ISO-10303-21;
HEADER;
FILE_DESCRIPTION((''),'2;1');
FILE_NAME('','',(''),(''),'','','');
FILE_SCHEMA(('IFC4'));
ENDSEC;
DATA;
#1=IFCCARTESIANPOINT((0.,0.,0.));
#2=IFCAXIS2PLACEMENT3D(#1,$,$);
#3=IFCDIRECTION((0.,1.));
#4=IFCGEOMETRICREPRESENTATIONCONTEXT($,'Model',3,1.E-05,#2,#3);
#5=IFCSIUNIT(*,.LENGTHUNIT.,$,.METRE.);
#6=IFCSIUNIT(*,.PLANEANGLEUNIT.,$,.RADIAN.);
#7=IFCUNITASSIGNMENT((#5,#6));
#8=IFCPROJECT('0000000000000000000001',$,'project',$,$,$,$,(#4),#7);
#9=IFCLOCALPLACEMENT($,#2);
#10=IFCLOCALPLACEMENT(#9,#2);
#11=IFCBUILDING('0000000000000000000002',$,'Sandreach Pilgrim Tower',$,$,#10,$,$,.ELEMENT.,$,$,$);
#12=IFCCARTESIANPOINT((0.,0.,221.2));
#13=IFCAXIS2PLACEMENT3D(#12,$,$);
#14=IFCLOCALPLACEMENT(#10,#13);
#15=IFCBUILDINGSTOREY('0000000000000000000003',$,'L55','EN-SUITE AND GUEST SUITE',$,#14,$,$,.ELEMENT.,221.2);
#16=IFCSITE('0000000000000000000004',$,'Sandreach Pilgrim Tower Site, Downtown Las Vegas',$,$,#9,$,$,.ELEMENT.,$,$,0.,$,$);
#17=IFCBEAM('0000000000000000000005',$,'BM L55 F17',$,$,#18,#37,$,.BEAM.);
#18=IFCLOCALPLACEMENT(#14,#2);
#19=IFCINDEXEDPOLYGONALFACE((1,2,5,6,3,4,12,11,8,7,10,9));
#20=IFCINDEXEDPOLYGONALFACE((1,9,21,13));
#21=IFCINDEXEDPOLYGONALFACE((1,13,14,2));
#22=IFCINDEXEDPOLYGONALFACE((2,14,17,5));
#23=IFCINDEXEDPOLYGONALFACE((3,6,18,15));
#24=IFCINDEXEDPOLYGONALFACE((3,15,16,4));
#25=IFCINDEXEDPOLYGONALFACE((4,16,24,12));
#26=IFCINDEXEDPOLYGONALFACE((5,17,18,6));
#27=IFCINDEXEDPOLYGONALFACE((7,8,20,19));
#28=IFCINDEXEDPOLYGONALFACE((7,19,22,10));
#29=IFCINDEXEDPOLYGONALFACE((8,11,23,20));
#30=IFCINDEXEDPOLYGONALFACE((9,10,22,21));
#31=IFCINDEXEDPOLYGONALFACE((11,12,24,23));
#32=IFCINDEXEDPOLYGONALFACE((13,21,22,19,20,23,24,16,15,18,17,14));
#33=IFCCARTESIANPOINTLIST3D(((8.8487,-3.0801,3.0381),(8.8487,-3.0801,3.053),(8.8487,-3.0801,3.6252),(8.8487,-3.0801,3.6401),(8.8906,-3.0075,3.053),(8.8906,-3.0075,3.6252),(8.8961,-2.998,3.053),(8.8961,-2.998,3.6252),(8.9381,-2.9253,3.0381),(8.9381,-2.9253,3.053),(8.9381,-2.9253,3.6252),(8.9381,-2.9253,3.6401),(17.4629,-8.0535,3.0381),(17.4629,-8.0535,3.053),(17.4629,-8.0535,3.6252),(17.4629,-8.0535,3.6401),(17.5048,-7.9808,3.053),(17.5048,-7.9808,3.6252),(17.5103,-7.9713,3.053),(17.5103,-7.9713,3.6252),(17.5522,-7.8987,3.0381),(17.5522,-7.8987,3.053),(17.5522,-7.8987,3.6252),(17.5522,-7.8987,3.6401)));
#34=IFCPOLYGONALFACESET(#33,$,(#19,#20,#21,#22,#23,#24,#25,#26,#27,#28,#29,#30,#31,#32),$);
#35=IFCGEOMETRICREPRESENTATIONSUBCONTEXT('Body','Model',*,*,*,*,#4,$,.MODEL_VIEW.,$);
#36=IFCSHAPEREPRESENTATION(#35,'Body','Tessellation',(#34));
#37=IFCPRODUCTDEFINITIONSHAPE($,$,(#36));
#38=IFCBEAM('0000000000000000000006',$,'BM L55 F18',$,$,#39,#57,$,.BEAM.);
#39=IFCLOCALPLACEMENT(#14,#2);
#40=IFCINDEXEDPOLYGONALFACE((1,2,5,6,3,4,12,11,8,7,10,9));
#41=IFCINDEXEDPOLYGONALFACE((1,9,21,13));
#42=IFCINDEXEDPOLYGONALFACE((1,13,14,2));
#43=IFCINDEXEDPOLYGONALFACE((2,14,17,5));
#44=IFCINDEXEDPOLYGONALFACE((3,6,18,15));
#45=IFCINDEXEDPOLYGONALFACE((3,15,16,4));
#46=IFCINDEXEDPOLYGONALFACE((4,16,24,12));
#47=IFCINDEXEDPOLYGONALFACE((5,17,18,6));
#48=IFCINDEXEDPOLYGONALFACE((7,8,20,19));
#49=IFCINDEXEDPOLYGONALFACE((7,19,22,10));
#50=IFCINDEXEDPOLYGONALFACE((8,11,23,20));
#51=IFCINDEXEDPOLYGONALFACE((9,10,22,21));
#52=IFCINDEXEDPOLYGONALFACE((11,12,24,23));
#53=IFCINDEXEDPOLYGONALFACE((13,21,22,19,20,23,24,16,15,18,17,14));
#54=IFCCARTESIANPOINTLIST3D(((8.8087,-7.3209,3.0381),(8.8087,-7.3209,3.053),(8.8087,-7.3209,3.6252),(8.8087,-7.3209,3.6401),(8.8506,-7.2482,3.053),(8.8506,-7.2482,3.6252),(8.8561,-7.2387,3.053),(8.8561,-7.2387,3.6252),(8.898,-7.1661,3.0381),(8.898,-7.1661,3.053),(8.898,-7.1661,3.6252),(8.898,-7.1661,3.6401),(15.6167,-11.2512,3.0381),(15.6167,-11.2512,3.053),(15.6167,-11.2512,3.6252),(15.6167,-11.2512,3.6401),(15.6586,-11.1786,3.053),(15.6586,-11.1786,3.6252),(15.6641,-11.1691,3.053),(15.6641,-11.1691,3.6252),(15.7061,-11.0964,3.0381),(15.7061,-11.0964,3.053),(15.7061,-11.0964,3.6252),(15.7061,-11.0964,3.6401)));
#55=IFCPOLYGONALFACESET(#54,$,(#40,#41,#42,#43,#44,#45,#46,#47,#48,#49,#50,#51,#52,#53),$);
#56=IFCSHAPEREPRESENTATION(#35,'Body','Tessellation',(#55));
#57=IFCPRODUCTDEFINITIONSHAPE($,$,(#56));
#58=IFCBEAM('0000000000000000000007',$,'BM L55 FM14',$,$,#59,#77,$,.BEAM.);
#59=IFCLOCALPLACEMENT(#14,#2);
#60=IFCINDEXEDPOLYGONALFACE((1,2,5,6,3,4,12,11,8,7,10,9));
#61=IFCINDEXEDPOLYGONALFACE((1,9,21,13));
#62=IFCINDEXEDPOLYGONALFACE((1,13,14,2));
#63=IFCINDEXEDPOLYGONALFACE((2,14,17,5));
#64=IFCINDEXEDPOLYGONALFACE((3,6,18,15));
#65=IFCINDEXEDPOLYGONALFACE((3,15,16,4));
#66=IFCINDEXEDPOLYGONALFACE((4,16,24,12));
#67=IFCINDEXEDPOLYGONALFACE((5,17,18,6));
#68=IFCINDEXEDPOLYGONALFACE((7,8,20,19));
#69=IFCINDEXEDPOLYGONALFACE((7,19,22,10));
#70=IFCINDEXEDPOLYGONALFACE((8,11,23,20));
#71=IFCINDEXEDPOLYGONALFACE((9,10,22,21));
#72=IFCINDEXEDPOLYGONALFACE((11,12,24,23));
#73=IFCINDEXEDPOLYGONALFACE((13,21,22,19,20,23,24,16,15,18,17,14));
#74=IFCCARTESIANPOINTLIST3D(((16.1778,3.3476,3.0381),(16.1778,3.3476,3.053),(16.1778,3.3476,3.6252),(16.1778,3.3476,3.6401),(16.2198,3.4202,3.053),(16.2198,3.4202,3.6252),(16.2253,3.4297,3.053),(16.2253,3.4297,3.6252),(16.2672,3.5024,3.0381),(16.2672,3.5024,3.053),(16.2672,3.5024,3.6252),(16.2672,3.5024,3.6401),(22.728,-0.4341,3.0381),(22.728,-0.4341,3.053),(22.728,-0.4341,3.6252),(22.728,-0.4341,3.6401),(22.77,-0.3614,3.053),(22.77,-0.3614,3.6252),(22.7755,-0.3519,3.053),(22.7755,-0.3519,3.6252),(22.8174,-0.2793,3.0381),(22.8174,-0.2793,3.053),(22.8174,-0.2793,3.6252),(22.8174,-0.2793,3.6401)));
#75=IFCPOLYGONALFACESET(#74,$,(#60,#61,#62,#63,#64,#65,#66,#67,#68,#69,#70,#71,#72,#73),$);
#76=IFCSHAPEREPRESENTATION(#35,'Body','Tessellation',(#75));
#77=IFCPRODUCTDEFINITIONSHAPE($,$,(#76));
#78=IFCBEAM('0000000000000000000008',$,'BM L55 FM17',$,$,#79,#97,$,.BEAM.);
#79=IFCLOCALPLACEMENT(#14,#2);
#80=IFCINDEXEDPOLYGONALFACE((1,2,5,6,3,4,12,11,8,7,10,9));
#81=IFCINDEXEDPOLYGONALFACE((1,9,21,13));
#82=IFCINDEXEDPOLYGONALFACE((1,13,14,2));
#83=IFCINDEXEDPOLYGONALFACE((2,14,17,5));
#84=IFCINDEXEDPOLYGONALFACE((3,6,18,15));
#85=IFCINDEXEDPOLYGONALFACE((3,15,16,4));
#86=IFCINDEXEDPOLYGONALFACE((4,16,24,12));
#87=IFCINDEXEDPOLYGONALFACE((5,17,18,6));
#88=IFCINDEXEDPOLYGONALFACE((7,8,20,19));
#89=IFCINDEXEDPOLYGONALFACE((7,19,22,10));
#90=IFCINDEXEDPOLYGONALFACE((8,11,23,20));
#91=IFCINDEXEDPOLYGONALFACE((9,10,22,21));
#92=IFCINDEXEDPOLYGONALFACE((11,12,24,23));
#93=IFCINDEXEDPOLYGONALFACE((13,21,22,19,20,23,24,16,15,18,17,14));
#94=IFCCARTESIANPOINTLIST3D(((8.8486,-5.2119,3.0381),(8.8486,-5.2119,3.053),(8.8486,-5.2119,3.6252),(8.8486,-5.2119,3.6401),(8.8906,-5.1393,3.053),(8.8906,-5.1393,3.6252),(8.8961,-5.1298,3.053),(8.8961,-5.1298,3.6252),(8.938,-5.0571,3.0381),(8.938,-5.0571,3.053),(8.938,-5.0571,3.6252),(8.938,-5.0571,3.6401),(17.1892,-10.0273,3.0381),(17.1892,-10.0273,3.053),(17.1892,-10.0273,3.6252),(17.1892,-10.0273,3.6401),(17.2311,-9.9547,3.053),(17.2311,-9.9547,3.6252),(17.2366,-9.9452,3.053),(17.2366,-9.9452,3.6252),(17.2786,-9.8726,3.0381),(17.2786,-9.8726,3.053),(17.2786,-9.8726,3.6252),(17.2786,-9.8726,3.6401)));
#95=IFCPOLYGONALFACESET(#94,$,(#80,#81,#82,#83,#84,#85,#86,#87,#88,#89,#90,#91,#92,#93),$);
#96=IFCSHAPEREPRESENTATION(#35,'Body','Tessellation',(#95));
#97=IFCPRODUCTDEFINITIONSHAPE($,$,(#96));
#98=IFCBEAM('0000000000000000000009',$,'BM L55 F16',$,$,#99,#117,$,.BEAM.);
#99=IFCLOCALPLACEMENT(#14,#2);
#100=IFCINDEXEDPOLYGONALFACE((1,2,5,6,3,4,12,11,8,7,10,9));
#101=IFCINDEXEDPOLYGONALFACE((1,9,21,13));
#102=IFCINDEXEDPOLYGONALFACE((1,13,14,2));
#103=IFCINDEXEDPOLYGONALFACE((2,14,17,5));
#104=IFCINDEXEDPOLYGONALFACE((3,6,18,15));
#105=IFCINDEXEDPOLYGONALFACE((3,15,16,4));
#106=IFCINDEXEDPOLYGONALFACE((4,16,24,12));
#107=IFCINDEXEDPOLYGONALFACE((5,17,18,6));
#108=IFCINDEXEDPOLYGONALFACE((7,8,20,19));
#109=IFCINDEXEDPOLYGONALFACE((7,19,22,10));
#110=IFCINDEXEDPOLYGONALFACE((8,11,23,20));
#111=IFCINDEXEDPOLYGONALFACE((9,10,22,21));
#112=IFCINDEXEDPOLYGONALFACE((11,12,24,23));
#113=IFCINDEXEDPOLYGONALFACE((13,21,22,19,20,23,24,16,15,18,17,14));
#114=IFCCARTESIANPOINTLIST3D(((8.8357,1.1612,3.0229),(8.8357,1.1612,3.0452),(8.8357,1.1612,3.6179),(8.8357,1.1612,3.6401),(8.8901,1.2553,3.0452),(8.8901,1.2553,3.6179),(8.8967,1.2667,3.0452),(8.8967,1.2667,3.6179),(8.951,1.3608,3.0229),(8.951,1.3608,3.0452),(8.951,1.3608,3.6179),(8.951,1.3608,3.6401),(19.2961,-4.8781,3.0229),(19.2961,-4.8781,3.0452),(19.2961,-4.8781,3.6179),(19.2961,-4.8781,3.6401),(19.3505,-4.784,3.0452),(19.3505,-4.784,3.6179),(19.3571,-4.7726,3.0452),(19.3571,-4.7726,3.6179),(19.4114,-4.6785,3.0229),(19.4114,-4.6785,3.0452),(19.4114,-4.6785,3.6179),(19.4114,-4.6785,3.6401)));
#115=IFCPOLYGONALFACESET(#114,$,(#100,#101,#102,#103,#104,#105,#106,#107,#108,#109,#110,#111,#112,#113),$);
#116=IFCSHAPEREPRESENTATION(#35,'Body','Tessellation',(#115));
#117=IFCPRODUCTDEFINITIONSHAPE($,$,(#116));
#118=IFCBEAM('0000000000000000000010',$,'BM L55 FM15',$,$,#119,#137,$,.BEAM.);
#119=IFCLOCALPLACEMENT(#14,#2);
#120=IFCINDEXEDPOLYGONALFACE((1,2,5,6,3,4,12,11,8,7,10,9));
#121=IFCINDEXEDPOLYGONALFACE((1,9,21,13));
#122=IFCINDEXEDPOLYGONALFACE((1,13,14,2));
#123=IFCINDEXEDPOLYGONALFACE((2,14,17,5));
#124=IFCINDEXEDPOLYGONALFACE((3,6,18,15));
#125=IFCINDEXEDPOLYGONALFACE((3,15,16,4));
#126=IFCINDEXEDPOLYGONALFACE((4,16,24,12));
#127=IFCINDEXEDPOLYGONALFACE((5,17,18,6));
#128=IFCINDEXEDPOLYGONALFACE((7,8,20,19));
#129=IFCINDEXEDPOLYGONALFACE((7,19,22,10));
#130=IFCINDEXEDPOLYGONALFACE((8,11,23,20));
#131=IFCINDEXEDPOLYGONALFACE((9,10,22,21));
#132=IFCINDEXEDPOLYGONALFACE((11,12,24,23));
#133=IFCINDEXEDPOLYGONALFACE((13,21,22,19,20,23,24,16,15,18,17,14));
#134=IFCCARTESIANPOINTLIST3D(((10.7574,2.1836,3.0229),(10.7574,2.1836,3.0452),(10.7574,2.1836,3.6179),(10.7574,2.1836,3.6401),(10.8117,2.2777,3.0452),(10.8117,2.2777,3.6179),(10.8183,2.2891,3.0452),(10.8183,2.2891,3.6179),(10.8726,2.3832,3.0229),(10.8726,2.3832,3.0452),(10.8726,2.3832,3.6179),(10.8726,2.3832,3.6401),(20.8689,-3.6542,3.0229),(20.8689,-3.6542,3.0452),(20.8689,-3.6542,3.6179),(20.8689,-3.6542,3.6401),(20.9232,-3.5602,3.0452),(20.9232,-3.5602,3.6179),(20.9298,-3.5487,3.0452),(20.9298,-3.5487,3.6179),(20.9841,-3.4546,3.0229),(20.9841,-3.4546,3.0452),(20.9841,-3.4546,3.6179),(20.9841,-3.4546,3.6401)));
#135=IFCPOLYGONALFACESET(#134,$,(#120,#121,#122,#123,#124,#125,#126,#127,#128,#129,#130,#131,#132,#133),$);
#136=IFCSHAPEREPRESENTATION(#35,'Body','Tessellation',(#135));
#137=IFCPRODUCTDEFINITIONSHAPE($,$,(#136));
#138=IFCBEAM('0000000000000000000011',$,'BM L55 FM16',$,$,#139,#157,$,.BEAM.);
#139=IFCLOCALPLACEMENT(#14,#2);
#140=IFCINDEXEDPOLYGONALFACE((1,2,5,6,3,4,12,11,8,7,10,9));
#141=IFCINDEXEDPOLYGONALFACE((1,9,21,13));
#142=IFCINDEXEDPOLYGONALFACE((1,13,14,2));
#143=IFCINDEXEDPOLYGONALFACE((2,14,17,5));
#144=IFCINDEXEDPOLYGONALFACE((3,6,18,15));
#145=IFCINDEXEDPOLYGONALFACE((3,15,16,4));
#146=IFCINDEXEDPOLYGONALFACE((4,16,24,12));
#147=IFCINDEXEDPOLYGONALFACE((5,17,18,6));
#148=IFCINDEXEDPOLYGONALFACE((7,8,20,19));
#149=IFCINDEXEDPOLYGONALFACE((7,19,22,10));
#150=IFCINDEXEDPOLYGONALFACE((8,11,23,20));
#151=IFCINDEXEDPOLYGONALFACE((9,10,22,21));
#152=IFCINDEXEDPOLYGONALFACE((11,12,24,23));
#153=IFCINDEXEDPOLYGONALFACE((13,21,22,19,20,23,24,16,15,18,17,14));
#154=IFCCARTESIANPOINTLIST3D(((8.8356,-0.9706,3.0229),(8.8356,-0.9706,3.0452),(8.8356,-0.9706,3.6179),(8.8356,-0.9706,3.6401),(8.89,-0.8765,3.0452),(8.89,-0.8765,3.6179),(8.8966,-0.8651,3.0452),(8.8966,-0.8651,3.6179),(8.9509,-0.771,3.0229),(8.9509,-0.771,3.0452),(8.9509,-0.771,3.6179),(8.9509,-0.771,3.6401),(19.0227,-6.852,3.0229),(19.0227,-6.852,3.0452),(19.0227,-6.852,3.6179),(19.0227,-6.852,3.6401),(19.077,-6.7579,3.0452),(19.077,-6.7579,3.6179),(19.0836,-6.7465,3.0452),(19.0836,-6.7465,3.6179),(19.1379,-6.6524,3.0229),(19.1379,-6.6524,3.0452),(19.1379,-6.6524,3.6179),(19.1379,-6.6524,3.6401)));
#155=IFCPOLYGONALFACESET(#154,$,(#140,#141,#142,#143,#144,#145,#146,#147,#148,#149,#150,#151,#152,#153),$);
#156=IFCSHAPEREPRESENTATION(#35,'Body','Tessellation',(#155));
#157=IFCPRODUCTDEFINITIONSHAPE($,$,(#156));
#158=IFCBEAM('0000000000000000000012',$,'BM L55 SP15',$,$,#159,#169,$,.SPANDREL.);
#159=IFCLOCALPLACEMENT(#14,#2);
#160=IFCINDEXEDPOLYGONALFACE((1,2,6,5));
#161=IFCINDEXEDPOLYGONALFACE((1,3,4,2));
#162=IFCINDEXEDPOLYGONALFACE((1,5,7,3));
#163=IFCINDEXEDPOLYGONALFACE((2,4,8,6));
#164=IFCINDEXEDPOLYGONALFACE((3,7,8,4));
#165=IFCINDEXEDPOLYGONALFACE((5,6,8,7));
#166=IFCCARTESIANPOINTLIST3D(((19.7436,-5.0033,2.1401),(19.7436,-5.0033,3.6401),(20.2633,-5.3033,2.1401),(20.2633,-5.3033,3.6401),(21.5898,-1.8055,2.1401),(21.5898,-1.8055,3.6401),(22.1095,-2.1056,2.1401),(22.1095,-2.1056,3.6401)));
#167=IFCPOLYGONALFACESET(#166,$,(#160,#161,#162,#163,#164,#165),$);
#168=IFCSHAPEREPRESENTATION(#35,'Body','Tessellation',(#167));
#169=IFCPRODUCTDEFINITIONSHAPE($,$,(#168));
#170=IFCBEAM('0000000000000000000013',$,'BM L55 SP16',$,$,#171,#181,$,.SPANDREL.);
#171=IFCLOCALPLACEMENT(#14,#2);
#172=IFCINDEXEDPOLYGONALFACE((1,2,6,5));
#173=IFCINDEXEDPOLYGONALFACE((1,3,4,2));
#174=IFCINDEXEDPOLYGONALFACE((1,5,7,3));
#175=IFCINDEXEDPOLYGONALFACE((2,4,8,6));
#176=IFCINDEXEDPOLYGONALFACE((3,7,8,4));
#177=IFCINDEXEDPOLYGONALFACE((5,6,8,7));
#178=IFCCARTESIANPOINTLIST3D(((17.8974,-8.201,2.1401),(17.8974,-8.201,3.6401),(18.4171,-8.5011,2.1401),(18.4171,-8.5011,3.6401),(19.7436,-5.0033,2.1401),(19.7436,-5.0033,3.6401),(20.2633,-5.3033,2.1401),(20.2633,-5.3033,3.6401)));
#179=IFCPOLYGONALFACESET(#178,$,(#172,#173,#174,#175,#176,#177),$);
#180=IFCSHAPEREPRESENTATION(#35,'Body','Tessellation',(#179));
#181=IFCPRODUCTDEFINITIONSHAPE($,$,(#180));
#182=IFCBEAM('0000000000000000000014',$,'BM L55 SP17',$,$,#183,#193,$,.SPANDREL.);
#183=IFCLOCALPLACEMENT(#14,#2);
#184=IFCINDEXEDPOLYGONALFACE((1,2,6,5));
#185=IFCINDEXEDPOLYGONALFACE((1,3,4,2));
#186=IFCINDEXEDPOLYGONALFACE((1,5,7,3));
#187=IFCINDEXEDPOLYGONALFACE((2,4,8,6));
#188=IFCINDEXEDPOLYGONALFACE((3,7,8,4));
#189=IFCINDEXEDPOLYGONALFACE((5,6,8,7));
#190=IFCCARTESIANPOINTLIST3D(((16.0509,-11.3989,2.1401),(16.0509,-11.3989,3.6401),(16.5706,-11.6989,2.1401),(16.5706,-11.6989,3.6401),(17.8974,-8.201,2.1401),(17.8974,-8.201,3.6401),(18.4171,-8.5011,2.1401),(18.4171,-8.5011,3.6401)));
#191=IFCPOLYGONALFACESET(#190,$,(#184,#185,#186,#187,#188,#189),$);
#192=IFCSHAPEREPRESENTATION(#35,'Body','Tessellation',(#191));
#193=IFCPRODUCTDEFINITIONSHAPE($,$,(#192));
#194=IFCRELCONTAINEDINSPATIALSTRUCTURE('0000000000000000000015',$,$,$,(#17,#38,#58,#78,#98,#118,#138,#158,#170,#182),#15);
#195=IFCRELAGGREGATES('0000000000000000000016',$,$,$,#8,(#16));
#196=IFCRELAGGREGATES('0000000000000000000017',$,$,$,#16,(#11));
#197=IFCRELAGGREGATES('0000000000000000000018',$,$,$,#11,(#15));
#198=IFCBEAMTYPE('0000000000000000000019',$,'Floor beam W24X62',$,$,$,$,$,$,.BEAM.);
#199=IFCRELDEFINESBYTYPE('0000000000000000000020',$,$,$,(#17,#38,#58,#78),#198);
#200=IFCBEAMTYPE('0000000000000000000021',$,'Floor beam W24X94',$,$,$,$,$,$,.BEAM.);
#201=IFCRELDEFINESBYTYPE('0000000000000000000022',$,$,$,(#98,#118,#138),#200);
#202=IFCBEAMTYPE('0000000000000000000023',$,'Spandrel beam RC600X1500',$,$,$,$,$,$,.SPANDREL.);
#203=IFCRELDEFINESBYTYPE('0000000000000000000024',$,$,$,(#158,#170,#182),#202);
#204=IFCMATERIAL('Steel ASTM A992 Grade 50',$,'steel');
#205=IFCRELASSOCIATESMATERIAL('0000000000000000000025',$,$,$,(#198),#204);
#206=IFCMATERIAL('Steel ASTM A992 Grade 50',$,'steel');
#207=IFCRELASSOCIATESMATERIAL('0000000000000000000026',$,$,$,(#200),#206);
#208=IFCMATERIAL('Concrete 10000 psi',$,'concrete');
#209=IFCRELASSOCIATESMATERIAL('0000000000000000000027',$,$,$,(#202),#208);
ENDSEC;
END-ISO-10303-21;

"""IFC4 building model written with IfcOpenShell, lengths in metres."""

from ifc_helpers import new_model, si_unit, direction, frame, origin, origin_2d, place, context, subcontext, project, spatial, rectangle, i_section, extrude, material, material_profile, profile_set, type_object, element, save


model = new_model("IFC4")

# Units and contexts
model_context = context("Model", 3, precision=1e-05, world=origin(), true_north=direction((0.0, 1.0)))
body_context = subcontext(model_context, "Body", "Model", "MODEL_VIEW")
ifc_project = project(units=[si_unit("LENGTHUNIT", "METRE"), si_unit("PLANEANGLEUNIT", "RADIAN")], contexts=[model_context])

# Site, building, storey
site_placement = place(None, origin())
site = spatial("IfcSite", under=ifc_project, at=site_placement, Name="Sandreach Pilgrim Tower Site, Downtown Las Vegas", CompositionType="ELEMENT", RefElevation=0.0)
building_placement = place(site_placement, origin())
building = spatial("IfcBuilding", under=site, at=building_placement, Name="Sandreach Pilgrim Tower", CompositionType="ELEMENT")
storey_placement = place(building_placement, frame((0.0, 0.0, 221.2)))
storey = spatial("IfcBuildingStorey", under=building, at=storey_placement, Name="L55", Description="EN-SUITE AND GUEST SUITE", CompositionType="ELEMENT", Elevation=221.2)

# Beams
ifc_material_1 = material(Name="Steel ASTM A992 Grade 50", Category="steel")
ifc_material_profile_1 = material_profile(ifc_material_1, i_section(OverallWidth=0.1787, OverallDepth=0.6021, WebThickness=0.011, FlangeThickness=0.0149, at=origin_2d()), Name="W24X62")
ifc_profile_set_1 = profile_set([ifc_material_profile_1], Name="Steel ASTM A992 Grade 50")
beam_type_1 = type_object("IfcBeamType", Name="Floor beam W24X62", PredefinedType="BEAM", material=ifc_profile_set_1)
beam_1_placement = place(storey_placement, frame((17.5076, -7.9761, 3.3391), z_axis=(-0.866028, 0.499996, 0.0), x_axis=(-0.499996, -0.866028, 0.0)))
element("IfcBeam", 1, at=beam_1_placement, inside=storey, type_object=beam_type_1, Name="BM L55 F17", PredefinedType="BEAM", context=body_context, shape_type="SweptSolid", body=[
    extrude(i_section(OverallWidth=0.1787, OverallDepth=0.6021, WebThickness=0.011, FlangeThickness=0.0149, at=origin_2d()), origin(), (0.0, 0.0, 1.0), 9.9468),
])
beam_2_placement = place(storey_placement, frame((15.6614, -11.1738, 3.3391), z_axis=(-0.866039, 0.499977, 0.0), x_axis=(-0.499977, -0.866039, 0.0)))
element("IfcBeam", 2, at=beam_2_placement, inside=storey, type_object=beam_type_1, Name="BM L55 F18", PredefinedType="BEAM", context=body_context, shape_type="SweptSolid", body=[
    extrude(i_section(OverallWidth=0.1787, OverallDepth=0.6021, WebThickness=0.011, FlangeThickness=0.0149, at=origin_2d()), origin(), (0.0, 0.0, 1.0), 7.8611),
])
beam_3_placement = place(storey_placement, frame((22.7727, -0.3567, 3.3391), z_axis=(-0.86603, 0.499993, 0.0), x_axis=(-0.499993, -0.86603, 0.0)))
element("IfcBeam", 3, at=beam_3_placement, inside=storey, type_object=beam_type_1, Name="BM L55 FM14", PredefinedType="BEAM", context=body_context, shape_type="SweptSolid", body=[
    extrude(i_section(OverallWidth=0.1787, OverallDepth=0.6021, WebThickness=0.011, FlangeThickness=0.0149, at=origin_2d()), origin(), (0.0, 0.0, 1.0), 7.5635),
])
beam_4_placement = place(storey_placement, frame((17.2339, -9.95, 3.3391), z_axis=(-0.866026, 0.5, 0.0), x_axis=(-0.5, -0.866026, 0.0)))
element("IfcBeam", 4, at=beam_4_placement, inside=storey, type_object=beam_type_1, Name="BM L55 FM17", PredefinedType="BEAM", context=body_context, shape_type="SweptSolid", body=[
    extrude(i_section(OverallWidth=0.1787, OverallDepth=0.6021, WebThickness=0.011, FlangeThickness=0.0149, at=origin_2d()), origin(), (0.0, 0.0, 1.0), 9.6309),
])
ifc_material_2 = material(Name="Steel ASTM A992 Grade 50", Category="steel")
ifc_material_profile_2 = material_profile(ifc_material_2, i_section(OverallWidth=0.2305, OverallDepth=0.6172, WebThickness=0.0132, FlangeThickness=0.0222, at=origin_2d()), Name="W24X94")
ifc_profile_set_2 = profile_set([ifc_material_profile_2], Name="Steel ASTM A992 Grade 50")
beam_type_2 = type_object("IfcBeamType", Name="Floor beam W24X94", PredefinedType="BEAM", material=ifc_profile_set_2)
beam_5_placement = place(storey_placement, frame((19.3538, -4.7783, 3.3315), z_axis=(-0.866027, 0.499998, 0.0), x_axis=(-0.499998, -0.866027, 0.0)))
element("IfcBeam", 5, at=beam_5_placement, inside=storey, type_object=beam_type_2, Name="BM L55 F16", PredefinedType="BEAM", context=body_context, shape_type="SweptSolid", body=[
    extrude(i_section(OverallWidth=0.2305, OverallDepth=0.6172, WebThickness=0.0132, FlangeThickness=0.0222, at=origin_2d()), origin(), (0.0, 0.0, 1.0), 12.0786),
])
beam_6_placement = place(storey_placement, frame((20.9265, -3.5544, 3.3315), z_axis=(-0.866026, 0.499998, 0.0), x_axis=(-0.499998, -0.866026, 0.0)))
element("IfcBeam", 6, at=beam_6_placement, inside=storey, type_object=beam_type_2, Name="BM L55 FM15", PredefinedType="BEAM", context=body_context, shape_type="SweptSolid", body=[
    extrude(i_section(OverallWidth=0.2305, OverallDepth=0.6172, WebThickness=0.0132, FlangeThickness=0.0222, at=origin_2d()), origin(), (0.0, 0.0, 1.0), 11.6758),
])
beam_7_placement = place(storey_placement, frame((19.0803, -6.7522, 3.3315), z_axis=(-0.86603, 0.499992, 0.0), x_axis=(-0.499992, -0.86603, 0.0)))
element("IfcBeam", 7, at=beam_7_placement, inside=storey, type_object=beam_type_2, Name="BM L55 FM16", PredefinedType="BEAM", context=body_context, shape_type="SweptSolid", body=[
    extrude(i_section(OverallWidth=0.2305, OverallDepth=0.6172, WebThickness=0.0132, FlangeThickness=0.0222, at=origin_2d()), origin(), (0.0, 0.0, 1.0), 11.7629),
])
ifc_material_3 = material(Name="Concrete 10000 psi", Category="concrete")
ifc_material_profile_3 = material_profile(ifc_material_3, rectangle(XDim=0.6001, YDim=1.5, at=origin_2d()), Name="RC600X1500")
ifc_profile_set_3 = profile_set([ifc_material_profile_3], Name="Concrete 10000 psi")
beam_type_3 = type_object("IfcBeamType", Name="Spandrel beam RC600X1500", PredefinedType="SPANDREL", material=ifc_profile_set_3)
for number, where, z_axis, x_axis, name in (
    (8, (21.8496, -1.9556, 2.8901), (-0.499993, -0.866029, 0.0), (0.866029, -0.499993, 0.0), "BM L55 SP15"),
    (9, (20.0034, -5.1533, 2.8901), (-0.499993, -0.866029, 0.0), (0.866029, -0.499993, 0.0), "BM L55 SP16"),
):
    element("IfcBeam", number, at=place(storey_placement, frame(where, z_axis=z_axis, x_axis=x_axis)), inside=storey, type_object=beam_type_3, Name=name, PredefinedType="SPANDREL", context=body_context, shape_type="SweptSolid", body=[
        extrude(rectangle(XDim=0.6001, YDim=1.5, at=origin_2d()), origin(), (0.0, 0.0, 1.0), 3.6924),
    ])
for number, where, z_axis, x_axis, name in (
    (10, (18.1572, -8.3511, 2.8901), (-0.500043, -0.866001, 0.0), (0.866001, -0.500043, 0.0), "BM L55 SP17"),
):
    element("IfcBeam", number, at=place(storey_placement, frame(where, z_axis=z_axis, x_axis=x_axis)), inside=storey, type_object=beam_type_3, Name=name, PredefinedType="SPANDREL", context=body_context, shape_type="SweptSolid", body=[
        extrude(rectangle(XDim=0.6001, YDim=1.5, at=origin_2d()), origin(), (0.0, 0.0, 1.0), 3.6926),
    ])

save(model, "model.ifc")
